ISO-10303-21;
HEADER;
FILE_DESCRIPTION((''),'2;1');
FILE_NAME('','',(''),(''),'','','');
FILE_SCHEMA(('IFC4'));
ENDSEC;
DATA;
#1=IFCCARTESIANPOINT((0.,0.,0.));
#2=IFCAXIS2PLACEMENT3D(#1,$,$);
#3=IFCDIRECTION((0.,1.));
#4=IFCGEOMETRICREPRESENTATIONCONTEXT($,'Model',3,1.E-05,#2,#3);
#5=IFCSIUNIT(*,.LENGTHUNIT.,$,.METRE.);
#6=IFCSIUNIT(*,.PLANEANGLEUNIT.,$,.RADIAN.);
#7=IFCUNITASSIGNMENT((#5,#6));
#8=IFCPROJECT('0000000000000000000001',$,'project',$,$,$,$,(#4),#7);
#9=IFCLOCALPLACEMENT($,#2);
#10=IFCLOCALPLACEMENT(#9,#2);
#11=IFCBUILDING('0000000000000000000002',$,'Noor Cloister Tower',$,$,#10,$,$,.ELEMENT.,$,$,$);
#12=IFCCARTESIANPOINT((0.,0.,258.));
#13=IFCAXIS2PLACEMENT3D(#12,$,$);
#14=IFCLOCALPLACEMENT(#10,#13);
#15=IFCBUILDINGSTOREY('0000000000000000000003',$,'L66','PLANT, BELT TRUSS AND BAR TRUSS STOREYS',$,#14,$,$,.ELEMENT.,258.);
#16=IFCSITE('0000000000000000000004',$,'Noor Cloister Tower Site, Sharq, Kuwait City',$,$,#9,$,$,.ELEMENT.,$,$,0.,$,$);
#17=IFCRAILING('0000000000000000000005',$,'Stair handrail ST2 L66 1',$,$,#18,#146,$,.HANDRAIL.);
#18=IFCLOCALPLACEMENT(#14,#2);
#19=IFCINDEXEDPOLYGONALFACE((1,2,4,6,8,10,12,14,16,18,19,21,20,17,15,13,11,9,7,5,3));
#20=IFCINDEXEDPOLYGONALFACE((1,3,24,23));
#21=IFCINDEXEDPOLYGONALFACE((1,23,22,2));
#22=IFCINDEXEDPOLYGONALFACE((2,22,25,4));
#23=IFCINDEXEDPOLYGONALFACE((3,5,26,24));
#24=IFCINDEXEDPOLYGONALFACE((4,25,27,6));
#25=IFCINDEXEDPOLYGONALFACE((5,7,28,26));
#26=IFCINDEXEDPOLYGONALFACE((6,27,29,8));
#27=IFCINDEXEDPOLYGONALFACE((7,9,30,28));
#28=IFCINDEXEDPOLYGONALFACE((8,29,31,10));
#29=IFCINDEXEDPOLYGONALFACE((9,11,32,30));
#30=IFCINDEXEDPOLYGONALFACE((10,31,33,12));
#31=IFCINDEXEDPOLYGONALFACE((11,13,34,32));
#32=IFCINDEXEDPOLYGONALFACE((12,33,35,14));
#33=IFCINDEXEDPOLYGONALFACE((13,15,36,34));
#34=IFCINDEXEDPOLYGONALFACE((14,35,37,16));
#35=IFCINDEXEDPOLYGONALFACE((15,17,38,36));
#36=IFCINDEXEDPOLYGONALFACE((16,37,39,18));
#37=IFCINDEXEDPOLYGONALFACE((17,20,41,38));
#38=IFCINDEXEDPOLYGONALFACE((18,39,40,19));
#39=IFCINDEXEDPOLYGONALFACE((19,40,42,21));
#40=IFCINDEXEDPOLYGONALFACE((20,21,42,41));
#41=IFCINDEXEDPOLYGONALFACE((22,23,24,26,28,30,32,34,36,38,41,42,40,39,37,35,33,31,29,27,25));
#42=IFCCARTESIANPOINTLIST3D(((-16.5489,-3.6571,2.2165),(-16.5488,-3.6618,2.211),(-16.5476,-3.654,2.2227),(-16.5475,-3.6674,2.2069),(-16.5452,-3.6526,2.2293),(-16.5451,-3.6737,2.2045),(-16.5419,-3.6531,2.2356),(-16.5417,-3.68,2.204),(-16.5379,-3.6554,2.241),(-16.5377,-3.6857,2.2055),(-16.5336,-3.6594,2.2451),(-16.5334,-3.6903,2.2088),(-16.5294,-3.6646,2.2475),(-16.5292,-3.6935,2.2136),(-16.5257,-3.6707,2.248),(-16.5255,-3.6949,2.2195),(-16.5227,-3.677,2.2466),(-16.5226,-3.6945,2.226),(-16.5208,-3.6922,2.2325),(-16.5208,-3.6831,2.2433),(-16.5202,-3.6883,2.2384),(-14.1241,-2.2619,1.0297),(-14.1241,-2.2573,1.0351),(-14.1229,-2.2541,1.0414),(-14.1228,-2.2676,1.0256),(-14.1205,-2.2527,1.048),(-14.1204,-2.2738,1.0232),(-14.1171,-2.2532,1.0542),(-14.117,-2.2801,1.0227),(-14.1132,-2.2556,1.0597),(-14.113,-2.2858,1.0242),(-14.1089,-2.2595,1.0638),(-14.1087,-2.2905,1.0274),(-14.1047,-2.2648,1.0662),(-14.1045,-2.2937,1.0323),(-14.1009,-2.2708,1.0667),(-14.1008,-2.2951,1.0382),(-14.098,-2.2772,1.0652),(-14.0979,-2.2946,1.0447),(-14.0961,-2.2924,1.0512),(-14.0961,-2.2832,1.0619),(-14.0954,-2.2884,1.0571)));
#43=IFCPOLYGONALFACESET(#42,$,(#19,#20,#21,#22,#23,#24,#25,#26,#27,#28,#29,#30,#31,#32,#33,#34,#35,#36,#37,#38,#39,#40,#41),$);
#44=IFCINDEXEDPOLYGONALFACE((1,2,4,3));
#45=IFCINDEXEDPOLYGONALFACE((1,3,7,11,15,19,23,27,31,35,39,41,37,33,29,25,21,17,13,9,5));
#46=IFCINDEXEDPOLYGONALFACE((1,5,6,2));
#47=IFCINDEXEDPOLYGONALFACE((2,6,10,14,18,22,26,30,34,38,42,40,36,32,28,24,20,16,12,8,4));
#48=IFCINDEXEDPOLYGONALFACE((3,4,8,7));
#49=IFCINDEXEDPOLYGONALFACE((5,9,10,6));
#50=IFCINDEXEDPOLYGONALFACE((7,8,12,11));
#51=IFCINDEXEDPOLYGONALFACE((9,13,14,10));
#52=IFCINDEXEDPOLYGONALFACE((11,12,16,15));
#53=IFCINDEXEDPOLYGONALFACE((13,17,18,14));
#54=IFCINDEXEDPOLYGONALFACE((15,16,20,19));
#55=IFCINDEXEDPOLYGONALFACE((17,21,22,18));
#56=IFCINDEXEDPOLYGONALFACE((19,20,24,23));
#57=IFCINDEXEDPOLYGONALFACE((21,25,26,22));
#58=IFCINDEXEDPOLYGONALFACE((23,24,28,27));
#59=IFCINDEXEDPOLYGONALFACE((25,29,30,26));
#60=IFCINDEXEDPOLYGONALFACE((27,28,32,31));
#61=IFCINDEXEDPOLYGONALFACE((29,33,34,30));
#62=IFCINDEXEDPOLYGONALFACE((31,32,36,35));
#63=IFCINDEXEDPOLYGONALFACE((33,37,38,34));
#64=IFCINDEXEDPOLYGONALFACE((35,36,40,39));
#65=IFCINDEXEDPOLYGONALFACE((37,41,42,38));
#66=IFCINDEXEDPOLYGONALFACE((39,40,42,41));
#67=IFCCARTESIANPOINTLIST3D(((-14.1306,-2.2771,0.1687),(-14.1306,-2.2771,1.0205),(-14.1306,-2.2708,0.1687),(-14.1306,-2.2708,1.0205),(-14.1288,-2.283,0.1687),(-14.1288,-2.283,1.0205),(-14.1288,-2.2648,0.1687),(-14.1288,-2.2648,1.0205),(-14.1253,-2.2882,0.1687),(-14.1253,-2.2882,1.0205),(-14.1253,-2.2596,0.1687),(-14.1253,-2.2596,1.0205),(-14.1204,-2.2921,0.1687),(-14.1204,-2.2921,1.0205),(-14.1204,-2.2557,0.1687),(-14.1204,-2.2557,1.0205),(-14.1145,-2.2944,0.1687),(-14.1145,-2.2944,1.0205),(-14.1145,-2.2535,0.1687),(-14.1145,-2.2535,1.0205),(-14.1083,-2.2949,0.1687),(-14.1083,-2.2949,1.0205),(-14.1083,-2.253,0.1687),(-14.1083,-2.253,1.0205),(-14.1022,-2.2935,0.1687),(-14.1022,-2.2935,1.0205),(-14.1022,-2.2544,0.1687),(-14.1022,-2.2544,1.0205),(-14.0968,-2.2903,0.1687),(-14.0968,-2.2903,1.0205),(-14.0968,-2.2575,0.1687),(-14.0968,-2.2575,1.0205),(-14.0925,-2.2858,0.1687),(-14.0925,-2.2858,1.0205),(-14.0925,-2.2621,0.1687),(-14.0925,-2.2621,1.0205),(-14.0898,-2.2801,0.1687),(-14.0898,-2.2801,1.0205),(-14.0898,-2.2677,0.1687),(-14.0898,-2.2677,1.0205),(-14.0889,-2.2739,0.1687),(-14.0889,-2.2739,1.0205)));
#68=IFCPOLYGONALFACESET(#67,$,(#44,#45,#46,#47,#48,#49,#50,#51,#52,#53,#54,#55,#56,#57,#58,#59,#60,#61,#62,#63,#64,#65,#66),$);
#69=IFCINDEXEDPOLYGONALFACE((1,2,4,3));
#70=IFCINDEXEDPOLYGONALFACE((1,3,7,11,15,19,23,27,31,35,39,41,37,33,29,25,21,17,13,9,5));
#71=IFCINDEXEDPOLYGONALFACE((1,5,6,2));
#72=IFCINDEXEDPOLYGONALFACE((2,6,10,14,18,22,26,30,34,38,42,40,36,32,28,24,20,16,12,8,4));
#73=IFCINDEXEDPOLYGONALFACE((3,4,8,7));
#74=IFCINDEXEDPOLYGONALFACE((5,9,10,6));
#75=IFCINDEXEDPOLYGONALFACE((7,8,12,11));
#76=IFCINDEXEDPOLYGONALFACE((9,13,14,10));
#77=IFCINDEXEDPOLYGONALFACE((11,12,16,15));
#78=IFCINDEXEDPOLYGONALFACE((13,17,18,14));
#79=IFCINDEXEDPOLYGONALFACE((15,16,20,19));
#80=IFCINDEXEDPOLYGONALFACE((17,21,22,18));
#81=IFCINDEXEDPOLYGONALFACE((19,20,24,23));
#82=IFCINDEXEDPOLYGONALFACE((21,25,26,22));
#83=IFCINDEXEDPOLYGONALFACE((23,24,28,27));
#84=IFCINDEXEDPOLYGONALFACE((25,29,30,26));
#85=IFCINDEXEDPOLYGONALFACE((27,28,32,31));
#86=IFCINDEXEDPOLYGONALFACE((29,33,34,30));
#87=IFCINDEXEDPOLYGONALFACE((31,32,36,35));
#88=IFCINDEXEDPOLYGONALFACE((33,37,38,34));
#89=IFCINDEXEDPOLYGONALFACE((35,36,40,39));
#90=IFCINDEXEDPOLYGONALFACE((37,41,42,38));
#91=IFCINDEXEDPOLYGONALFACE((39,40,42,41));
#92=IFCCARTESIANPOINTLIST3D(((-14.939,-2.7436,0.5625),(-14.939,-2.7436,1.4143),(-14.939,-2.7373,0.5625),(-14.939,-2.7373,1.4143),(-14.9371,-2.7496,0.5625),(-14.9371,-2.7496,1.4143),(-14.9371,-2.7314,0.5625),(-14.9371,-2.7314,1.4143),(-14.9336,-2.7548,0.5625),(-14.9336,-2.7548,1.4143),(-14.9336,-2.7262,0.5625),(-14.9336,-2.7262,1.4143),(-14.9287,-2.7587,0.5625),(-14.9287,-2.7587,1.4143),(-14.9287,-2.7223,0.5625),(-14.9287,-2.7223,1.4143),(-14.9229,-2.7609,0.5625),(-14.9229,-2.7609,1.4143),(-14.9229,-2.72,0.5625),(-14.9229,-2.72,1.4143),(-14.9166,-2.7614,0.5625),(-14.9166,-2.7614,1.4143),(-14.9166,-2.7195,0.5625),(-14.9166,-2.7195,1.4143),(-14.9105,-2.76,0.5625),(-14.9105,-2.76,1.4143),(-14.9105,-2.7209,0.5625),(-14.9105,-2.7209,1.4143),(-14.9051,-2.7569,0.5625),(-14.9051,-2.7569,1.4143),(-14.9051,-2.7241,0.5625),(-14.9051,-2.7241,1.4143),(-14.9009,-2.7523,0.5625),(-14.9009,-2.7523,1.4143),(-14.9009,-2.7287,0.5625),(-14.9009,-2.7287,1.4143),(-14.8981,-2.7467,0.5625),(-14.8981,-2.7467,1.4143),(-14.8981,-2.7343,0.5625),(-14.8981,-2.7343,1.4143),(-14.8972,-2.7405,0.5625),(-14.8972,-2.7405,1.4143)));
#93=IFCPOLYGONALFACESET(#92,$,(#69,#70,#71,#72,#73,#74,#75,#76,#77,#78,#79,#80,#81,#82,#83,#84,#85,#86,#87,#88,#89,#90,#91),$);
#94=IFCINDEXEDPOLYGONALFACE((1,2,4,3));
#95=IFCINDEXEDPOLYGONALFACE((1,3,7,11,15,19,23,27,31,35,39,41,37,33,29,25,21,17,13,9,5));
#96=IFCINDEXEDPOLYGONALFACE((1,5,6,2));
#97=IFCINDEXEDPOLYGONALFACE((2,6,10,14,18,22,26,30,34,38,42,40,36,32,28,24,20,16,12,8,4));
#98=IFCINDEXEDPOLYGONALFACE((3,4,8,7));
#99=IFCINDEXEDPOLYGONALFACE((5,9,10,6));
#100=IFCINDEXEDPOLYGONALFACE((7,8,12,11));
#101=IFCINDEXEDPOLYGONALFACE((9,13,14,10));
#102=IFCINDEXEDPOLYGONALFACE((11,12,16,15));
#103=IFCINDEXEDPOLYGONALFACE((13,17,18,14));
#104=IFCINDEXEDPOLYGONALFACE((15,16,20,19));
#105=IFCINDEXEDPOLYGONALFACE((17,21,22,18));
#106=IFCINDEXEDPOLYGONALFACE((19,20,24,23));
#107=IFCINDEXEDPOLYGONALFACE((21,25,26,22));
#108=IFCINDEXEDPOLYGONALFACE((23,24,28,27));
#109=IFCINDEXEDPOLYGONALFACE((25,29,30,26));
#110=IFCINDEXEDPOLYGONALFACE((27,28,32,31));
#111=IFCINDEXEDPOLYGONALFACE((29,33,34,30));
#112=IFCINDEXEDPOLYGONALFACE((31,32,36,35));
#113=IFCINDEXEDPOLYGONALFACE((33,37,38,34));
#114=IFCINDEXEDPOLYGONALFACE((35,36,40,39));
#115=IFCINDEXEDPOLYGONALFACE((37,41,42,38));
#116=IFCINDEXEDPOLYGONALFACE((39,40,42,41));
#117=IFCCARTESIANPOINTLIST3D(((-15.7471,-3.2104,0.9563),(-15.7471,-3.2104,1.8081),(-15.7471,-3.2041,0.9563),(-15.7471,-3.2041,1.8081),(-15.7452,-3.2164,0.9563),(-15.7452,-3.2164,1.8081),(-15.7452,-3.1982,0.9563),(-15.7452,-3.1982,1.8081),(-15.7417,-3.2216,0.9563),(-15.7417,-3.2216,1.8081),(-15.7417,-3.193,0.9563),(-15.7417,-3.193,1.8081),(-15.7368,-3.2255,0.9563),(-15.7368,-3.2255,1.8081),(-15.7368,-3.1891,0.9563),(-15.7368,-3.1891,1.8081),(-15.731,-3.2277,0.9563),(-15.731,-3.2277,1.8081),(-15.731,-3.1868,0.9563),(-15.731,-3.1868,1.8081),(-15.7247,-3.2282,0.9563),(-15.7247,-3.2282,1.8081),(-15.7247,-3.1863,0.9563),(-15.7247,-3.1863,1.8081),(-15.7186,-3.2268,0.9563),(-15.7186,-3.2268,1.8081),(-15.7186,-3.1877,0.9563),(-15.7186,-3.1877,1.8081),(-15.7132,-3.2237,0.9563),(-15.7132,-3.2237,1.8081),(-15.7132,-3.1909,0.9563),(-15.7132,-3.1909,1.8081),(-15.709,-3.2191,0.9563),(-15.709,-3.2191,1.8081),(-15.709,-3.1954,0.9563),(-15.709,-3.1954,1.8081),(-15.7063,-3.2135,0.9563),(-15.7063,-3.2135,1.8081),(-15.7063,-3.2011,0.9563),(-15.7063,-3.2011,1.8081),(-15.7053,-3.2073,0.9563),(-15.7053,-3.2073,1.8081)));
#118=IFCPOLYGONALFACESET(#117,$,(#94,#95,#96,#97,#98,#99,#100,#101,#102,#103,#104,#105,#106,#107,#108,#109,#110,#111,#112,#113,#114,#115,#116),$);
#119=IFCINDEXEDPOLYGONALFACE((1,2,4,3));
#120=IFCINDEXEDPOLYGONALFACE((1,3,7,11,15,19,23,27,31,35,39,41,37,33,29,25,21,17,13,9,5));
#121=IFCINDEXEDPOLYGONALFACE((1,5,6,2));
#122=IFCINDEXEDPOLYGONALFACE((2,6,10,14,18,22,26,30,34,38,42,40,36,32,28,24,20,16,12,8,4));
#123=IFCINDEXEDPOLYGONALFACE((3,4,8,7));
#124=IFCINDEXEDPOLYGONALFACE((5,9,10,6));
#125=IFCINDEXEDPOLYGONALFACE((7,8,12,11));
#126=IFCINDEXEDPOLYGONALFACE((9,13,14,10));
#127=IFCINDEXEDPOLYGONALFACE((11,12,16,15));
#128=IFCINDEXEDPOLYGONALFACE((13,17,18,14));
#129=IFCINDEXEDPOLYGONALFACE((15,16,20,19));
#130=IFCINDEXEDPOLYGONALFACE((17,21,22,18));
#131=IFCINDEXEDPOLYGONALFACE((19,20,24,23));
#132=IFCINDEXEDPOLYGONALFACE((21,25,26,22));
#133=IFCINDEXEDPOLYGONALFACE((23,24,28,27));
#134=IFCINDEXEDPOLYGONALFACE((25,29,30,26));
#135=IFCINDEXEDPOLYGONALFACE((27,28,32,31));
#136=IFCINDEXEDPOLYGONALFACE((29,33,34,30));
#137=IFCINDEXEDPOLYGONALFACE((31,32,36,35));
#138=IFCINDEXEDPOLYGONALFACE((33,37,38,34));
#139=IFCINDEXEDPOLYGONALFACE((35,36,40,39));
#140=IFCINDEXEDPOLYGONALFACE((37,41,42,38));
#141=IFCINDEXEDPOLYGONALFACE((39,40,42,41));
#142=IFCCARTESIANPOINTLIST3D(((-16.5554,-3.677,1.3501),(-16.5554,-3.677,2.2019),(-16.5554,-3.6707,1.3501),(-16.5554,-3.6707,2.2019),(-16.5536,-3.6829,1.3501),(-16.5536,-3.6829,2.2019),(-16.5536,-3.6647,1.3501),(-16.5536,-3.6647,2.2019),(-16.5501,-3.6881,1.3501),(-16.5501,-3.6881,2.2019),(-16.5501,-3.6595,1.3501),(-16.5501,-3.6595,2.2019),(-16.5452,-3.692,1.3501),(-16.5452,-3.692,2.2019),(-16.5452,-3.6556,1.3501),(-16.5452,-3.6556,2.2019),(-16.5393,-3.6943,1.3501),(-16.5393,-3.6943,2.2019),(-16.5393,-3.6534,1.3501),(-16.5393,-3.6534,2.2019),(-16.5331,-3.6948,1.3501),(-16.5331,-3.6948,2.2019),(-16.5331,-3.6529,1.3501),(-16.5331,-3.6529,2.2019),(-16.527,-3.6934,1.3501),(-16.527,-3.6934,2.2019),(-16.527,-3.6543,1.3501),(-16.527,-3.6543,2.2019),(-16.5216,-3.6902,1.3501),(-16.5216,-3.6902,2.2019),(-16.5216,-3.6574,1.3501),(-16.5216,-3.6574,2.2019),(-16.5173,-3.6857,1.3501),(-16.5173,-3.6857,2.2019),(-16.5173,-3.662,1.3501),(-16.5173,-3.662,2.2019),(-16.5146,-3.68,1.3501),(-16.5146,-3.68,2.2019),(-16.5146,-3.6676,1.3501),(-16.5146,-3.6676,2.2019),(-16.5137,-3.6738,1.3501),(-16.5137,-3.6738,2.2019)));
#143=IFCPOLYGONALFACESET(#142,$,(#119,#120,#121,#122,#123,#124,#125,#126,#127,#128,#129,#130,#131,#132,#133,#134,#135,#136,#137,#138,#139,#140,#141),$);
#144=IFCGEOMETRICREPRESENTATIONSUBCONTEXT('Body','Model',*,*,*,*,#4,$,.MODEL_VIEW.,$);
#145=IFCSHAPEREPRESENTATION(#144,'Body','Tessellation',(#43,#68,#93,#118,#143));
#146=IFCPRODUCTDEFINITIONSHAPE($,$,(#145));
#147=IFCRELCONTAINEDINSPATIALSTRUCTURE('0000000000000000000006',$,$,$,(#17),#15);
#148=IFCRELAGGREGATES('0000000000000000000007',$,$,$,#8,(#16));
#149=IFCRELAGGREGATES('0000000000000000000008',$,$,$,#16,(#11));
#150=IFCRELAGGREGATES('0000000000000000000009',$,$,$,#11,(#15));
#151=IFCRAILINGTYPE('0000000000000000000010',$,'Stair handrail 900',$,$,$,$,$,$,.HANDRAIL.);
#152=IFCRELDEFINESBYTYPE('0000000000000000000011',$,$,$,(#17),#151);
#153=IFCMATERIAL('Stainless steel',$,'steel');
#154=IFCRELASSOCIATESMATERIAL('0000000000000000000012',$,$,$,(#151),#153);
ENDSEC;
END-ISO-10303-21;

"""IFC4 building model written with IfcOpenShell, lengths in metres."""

from ifc_helpers import new_model, si_unit, direction, frame, origin, origin_2d, place, context, subcontext, project, spatial, circle, extrude, material, type_object, element, save


model = new_model("IFC4")

# Units and contexts
model_context = context("Model", 3, precision=1e-05, world=origin(), true_north=direction((0.0, 1.0)))
body_context = subcontext(model_context, "Body", "Model", "MODEL_VIEW")
ifc_project = project(units=[si_unit("LENGTHUNIT", "METRE"), si_unit("PLANEANGLEUNIT", "RADIAN")], contexts=[model_context])

# Site, building, storey
site_placement = place(None, origin())
site = spatial("IfcSite", under=ifc_project, at=site_placement, Name="Noor Cloister Tower Site, Sharq, Kuwait City", CompositionType="ELEMENT", RefElevation=0.0)
building_placement = place(site_placement, origin())
building = spatial("IfcBuilding", under=site, at=building_placement, Name="Noor Cloister Tower", CompositionType="ELEMENT")
storey_placement = place(building_placement, frame((0.0, 0.0, 258.0)))
storey = spatial("IfcBuildingStorey", under=building, at=storey_placement, Name="L66", Description="PLANT, BELT TRUSS AND BAR TRUSS STOREYS", CompositionType="ELEMENT", Elevation=258.0)

# Railing
ifc_material_1 = material(Name="Stainless steel", Category="steel")
railing_type_1 = type_object("IfcRailingType", Name="Stair handrail 900", PredefinedType="HANDRAIL", material=ifc_material_1)
for number, where, name in (
    (1, (-14.1099, -2.2739, 0.1687), "Stair handrail ST2 L66 1"),
):
    element("IfcRailing", number, at=place(storey_placement, frame(where)), inside=storey, type_object=railing_type_1, Name=name, PredefinedType="HANDRAIL", context=body_context, shape_type="SweptSolid", body=[
        extrude(circle(Radius=0.0239, at=origin_2d()), frame((0.0, 0.0, 0.876), z_axis=(-0.797914, -0.460656, 0.388754), x_axis=(0.499984, -0.866035, 0.0)), (0.0, 0.0, 1.0), 3.0388),
        extrude(circle(Radius=0.021, at=origin_2d()), origin(), (0.0, 0.0, 1.0), 0.8518),
        extrude(circle(Radius=0.021, at=origin_2d()), frame((-0.8083, -0.4666, 0.3938)), (0.0, 0.0, 1.0), 0.8518),
        extrude(circle(Radius=0.021, at=origin_2d()), frame((-1.6165, -0.9333, 0.7876)), (0.0, 0.0, 1.0), 0.8518),
        extrude(circle(Radius=0.021, at=origin_2d()), frame((-2.4248, -1.3999, 1.1814)), (0.0, 0.0, 1.0), 0.8518),
    ])

save(model, "model.ifc")
